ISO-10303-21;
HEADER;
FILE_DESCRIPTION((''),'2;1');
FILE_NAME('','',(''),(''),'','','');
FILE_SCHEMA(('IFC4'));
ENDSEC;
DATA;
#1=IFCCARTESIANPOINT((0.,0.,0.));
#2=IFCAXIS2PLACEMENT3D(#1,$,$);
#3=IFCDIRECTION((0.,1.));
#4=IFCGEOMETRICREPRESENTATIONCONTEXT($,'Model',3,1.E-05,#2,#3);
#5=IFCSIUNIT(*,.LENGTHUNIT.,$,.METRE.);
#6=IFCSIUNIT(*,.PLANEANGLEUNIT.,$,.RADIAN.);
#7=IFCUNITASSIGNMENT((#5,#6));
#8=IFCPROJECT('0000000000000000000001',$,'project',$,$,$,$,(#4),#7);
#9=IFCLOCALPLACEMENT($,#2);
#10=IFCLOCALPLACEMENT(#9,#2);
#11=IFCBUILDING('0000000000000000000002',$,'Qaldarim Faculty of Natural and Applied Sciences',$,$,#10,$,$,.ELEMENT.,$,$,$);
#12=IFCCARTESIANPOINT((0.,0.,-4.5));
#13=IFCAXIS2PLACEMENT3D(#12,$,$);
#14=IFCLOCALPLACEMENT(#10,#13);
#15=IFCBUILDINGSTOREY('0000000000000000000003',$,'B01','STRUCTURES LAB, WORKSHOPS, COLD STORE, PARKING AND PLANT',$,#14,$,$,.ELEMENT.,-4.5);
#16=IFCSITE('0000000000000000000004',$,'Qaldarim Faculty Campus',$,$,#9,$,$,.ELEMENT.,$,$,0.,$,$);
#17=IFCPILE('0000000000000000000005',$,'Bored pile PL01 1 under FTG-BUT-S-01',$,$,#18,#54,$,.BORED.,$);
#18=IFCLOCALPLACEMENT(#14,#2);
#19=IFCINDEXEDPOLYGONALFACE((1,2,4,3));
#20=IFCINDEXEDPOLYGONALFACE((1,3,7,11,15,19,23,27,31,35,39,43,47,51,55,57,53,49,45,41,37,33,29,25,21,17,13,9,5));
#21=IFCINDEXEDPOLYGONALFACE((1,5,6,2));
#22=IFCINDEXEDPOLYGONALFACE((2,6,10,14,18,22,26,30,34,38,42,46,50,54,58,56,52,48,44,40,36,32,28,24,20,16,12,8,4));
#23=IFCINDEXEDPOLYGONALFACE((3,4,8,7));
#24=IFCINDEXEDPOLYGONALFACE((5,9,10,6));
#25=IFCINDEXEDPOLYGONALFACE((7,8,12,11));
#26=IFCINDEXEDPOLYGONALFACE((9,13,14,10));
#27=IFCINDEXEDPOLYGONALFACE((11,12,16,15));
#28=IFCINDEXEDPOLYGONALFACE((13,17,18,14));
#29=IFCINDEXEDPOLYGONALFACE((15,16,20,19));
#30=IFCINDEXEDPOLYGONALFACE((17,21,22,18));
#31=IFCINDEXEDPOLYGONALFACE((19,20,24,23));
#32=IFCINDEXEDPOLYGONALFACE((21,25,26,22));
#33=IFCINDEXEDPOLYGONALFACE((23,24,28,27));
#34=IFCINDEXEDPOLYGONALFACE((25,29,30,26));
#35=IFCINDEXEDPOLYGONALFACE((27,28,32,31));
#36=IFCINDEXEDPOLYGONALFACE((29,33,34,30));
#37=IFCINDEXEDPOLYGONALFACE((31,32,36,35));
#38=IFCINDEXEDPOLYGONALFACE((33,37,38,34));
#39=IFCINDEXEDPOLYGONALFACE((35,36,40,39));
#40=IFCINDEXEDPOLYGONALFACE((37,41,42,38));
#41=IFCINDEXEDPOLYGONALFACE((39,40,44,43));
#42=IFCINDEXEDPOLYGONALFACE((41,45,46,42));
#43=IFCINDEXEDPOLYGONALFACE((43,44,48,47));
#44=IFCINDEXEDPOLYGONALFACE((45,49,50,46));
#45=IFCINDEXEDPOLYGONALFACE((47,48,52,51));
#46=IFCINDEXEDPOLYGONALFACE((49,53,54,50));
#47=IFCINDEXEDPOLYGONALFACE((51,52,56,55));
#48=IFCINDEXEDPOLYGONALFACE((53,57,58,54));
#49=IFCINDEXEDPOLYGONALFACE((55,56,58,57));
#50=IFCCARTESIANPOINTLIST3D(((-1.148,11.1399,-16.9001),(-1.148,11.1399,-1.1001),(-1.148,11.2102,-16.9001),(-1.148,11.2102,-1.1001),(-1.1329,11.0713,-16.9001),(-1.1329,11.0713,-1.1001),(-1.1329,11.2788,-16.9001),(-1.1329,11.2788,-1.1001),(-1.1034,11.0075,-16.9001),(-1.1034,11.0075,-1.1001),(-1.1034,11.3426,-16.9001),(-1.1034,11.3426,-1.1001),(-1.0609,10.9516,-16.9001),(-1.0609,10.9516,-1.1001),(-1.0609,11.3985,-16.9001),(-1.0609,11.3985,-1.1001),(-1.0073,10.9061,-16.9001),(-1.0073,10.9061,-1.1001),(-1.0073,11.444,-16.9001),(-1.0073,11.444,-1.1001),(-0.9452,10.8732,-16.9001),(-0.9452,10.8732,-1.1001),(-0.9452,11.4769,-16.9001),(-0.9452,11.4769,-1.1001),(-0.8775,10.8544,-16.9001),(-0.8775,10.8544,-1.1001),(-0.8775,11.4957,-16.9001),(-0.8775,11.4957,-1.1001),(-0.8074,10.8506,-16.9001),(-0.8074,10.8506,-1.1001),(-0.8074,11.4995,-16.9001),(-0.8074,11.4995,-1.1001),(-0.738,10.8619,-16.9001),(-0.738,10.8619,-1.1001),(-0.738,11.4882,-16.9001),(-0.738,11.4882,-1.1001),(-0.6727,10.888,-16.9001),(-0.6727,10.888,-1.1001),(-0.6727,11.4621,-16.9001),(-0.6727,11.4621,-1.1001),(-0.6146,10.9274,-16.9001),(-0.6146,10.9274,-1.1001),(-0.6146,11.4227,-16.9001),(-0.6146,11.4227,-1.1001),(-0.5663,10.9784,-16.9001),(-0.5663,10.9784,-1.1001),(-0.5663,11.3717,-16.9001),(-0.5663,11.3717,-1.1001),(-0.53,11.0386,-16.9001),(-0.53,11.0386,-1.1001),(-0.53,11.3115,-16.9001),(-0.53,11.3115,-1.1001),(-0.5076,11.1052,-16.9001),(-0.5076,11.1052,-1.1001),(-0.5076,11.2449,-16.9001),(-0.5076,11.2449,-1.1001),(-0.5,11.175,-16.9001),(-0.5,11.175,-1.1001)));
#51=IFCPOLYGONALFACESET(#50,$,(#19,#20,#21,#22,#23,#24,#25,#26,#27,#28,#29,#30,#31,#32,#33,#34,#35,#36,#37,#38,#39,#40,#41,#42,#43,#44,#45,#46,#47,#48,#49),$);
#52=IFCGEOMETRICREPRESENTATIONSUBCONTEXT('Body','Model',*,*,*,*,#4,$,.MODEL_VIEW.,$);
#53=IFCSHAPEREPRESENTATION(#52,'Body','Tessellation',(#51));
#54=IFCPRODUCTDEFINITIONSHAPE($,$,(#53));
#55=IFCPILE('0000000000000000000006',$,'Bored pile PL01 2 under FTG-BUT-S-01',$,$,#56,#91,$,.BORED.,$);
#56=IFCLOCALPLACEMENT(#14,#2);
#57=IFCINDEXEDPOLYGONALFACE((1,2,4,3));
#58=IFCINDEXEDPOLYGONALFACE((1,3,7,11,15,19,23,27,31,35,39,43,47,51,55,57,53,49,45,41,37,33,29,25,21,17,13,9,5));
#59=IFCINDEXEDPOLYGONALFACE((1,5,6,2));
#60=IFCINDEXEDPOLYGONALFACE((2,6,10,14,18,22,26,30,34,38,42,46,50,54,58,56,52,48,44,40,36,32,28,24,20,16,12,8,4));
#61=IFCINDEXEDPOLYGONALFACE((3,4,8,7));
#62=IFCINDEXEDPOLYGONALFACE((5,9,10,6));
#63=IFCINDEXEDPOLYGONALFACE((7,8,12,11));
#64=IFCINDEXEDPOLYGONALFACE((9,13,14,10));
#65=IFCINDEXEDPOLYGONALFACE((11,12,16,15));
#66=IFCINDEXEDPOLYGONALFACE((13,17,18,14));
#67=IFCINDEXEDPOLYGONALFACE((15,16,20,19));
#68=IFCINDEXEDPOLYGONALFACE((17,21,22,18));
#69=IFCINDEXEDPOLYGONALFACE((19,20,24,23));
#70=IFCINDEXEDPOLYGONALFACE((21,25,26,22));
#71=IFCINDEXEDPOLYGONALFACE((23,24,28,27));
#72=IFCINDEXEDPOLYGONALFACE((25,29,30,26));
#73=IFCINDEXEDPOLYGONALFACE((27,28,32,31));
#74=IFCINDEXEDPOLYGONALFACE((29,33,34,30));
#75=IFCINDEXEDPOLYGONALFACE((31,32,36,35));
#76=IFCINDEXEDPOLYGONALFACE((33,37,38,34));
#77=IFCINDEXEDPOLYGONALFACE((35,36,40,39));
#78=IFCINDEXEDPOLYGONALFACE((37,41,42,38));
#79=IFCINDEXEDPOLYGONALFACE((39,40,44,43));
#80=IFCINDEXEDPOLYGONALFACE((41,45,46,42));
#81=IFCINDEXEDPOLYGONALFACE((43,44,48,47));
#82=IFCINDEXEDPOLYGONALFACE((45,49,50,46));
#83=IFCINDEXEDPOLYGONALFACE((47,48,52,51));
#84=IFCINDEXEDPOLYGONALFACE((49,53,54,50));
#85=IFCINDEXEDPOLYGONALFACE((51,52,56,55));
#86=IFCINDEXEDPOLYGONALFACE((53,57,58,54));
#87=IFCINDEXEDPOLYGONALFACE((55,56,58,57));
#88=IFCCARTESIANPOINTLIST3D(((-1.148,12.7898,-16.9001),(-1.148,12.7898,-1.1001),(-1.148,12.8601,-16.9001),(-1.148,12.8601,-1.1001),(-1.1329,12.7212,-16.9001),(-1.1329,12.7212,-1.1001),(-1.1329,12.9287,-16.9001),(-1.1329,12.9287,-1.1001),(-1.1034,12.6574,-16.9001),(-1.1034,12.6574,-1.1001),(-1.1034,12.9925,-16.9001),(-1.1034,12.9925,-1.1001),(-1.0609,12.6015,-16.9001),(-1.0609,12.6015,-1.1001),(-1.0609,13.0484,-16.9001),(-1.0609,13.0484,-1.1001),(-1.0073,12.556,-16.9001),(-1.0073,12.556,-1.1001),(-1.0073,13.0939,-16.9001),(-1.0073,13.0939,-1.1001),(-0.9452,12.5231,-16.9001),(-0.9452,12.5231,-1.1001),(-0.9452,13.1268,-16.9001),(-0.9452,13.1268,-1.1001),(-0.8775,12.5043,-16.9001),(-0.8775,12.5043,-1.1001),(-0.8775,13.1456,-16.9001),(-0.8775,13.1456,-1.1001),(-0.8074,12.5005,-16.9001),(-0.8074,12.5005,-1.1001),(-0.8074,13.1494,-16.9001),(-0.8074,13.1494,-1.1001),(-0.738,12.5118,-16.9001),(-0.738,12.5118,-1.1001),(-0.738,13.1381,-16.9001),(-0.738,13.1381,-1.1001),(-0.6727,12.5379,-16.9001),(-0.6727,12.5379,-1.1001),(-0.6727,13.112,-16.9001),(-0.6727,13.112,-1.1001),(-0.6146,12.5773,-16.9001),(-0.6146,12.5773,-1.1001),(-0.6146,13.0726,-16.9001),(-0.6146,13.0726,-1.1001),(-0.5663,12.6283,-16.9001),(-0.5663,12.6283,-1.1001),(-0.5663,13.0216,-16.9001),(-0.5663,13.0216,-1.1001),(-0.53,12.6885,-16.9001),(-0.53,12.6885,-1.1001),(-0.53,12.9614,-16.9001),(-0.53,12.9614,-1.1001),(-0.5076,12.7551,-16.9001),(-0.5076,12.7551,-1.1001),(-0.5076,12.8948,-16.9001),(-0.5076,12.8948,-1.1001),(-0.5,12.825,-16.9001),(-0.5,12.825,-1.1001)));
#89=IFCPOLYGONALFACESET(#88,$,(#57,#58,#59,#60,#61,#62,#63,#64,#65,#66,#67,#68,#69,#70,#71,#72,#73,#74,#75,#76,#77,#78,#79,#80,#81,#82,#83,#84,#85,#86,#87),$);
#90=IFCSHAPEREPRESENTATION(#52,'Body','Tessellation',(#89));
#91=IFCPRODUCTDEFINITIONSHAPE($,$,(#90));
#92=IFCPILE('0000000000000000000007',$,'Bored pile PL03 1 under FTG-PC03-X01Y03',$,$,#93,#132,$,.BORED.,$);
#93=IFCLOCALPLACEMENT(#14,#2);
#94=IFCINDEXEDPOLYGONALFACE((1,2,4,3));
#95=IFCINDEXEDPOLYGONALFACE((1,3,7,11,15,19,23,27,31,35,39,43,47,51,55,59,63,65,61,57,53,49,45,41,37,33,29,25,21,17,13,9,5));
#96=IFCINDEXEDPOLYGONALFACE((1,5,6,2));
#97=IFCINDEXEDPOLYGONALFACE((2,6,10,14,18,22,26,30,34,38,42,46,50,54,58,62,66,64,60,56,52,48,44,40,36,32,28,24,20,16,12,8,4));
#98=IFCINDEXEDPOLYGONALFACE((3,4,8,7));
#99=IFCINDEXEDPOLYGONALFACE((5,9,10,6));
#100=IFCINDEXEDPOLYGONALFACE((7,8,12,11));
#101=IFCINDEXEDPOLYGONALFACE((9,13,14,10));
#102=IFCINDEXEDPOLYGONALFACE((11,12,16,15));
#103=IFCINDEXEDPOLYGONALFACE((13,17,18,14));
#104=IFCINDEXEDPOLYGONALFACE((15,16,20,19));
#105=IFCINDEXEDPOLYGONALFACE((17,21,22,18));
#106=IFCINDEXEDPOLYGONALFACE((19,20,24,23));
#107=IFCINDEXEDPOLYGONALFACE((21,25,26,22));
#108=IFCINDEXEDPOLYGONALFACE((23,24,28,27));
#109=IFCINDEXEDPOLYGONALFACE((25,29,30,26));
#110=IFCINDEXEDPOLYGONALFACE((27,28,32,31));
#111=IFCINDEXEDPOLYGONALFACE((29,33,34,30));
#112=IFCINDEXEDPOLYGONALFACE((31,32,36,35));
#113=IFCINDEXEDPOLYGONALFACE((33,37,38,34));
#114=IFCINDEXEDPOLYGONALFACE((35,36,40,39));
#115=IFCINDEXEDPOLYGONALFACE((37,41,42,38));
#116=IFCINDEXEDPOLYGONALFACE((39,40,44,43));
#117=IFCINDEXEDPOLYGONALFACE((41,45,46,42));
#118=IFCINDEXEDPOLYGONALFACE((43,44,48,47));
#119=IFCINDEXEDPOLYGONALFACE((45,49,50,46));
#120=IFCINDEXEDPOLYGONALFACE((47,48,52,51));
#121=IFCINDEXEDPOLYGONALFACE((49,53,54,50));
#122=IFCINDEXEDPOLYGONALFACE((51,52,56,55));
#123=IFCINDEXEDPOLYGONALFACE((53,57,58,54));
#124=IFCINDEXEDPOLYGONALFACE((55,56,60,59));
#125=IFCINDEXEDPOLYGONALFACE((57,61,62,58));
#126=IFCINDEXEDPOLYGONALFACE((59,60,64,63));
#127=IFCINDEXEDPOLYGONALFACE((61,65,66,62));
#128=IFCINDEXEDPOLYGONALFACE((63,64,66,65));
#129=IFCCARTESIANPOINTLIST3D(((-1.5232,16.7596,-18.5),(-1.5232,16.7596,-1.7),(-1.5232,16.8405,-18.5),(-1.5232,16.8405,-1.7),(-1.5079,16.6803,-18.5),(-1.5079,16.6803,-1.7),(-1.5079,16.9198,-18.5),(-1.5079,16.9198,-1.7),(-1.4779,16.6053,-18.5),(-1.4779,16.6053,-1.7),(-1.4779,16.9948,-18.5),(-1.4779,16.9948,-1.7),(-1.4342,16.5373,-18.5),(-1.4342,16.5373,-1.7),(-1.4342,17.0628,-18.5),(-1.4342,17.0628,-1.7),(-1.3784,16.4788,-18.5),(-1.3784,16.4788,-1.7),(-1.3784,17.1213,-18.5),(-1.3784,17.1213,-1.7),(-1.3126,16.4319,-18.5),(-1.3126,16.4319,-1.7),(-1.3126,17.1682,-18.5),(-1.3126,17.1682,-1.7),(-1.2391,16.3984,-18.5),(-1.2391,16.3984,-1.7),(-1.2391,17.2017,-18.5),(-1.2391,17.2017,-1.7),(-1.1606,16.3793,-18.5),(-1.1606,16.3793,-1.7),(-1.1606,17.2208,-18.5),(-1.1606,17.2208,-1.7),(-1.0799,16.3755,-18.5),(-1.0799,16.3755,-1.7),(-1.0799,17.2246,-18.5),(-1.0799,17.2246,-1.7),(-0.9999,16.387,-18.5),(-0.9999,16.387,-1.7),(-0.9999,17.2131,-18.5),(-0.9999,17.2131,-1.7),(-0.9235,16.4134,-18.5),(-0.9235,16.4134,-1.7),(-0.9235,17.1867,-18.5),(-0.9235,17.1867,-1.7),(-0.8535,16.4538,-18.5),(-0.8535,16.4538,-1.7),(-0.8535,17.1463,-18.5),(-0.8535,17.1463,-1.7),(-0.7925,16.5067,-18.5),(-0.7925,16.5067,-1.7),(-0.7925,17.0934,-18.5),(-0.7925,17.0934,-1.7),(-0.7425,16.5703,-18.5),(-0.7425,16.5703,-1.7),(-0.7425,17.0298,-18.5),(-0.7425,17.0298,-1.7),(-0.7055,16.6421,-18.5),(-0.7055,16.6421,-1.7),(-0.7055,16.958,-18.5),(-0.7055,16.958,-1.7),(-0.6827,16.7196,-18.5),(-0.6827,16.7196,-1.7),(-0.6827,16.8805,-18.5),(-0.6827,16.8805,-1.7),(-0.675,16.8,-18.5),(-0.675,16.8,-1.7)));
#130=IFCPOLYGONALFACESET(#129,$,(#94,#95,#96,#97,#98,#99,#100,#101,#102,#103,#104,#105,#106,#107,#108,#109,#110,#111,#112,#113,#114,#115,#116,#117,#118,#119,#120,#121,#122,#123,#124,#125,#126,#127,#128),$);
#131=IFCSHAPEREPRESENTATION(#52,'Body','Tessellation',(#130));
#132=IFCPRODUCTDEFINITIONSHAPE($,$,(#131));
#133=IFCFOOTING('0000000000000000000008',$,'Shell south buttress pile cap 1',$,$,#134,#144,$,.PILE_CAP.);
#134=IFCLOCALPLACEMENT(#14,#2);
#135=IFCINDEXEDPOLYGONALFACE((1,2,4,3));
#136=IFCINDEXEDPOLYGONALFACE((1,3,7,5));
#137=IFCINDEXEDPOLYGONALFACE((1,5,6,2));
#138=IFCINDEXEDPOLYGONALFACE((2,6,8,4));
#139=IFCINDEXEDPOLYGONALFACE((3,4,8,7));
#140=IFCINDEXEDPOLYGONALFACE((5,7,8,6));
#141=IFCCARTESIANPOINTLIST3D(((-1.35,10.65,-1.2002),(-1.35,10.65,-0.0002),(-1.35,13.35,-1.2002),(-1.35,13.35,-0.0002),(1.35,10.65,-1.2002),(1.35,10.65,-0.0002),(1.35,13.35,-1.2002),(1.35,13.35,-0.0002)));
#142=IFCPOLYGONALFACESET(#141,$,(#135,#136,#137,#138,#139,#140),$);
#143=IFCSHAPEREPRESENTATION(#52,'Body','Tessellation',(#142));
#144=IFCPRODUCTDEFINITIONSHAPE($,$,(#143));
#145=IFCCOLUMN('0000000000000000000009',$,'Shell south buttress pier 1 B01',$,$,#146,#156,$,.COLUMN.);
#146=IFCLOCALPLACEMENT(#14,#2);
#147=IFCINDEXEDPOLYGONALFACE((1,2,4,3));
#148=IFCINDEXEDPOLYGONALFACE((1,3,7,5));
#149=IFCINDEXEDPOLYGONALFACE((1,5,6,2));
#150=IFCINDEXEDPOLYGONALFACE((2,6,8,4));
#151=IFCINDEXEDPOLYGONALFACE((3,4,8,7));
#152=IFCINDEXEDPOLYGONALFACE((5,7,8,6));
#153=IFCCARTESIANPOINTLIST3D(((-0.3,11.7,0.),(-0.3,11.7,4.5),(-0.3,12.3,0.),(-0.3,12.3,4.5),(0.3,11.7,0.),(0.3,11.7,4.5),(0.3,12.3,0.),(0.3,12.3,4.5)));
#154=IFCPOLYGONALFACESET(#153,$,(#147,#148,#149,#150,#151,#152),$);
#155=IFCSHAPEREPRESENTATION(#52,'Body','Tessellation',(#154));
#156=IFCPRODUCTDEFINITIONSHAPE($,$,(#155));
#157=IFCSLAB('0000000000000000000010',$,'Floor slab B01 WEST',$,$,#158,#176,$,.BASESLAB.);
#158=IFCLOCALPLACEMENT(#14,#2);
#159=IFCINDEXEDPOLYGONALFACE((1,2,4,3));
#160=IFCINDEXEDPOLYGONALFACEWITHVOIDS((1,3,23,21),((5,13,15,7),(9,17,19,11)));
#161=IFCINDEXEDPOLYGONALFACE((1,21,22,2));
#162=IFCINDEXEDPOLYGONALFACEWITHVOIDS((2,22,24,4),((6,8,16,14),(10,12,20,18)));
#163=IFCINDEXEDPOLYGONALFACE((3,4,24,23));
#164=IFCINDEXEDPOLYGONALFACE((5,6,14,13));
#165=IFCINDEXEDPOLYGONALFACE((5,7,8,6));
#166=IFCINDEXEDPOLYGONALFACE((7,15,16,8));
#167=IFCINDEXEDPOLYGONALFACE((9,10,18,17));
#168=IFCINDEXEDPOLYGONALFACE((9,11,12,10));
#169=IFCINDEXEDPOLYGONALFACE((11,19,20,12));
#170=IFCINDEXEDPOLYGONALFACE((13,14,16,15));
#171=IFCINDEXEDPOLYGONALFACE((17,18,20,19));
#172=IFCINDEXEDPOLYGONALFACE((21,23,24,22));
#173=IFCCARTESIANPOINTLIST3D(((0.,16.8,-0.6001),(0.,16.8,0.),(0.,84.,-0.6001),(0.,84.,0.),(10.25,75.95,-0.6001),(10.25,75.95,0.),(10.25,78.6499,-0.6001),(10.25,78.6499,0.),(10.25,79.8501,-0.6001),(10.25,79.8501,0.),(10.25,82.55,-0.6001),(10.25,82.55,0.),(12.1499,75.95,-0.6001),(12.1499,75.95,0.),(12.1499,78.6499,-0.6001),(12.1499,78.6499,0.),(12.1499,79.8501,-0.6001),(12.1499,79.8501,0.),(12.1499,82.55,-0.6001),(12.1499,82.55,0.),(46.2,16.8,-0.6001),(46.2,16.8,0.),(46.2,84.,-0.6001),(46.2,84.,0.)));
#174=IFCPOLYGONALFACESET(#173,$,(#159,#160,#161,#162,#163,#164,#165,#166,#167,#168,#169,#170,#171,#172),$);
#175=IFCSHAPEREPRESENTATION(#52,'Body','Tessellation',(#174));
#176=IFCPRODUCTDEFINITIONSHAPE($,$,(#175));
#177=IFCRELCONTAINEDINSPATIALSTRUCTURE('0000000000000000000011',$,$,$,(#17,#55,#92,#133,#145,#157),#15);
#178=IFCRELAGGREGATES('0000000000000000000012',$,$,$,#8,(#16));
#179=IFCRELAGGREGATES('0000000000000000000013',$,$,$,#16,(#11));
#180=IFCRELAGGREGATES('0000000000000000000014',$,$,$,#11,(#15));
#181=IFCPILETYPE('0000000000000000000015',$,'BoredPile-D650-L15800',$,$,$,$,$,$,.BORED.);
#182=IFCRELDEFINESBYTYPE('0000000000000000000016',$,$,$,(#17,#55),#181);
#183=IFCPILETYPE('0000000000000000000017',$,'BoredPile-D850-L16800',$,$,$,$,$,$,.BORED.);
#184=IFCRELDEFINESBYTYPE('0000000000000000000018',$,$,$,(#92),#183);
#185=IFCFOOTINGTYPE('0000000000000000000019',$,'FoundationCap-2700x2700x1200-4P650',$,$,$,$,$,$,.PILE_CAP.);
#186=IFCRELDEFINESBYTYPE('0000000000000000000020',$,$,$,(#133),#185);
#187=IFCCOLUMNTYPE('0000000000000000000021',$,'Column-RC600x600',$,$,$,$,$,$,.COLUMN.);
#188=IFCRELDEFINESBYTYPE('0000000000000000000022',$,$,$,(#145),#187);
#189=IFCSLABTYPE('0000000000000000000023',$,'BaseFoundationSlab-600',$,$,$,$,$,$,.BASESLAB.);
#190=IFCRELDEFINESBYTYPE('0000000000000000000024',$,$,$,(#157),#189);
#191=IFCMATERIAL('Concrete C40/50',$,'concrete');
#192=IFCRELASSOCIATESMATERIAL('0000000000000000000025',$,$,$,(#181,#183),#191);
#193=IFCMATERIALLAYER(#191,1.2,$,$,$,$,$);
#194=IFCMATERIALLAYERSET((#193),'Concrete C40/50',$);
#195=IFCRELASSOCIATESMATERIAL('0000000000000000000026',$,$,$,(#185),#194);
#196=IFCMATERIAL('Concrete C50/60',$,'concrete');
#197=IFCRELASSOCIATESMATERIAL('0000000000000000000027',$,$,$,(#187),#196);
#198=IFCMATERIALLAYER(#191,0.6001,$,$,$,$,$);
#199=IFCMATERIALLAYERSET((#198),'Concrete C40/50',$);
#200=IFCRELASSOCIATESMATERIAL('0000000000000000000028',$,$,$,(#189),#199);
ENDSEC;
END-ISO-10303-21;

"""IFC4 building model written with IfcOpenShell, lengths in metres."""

from ifc_helpers import new_model, si_unit, direction, frame, origin, origin_2d, place, context, subcontext, project, spatial, polyline, rectangle, circle, outline, extrude, material, layer, layer_set, material_profile, profile_set, type_object, element, save


model = new_model("IFC4")

# Units and contexts
model_context = context("Model", 3, precision=1e-05, world=origin(), true_north=direction((0.0, 1.0)))
body_context = subcontext(model_context, "Body", "Model", "MODEL_VIEW")
ifc_project = project(units=[si_unit("LENGTHUNIT", "METRE"), si_unit("PLANEANGLEUNIT", "RADIAN")], contexts=[model_context])

# Site, building, storey
site_placement = place(None, origin())
site = spatial("IfcSite", under=ifc_project, at=site_placement, Name="Qaldarim Faculty Campus", CompositionType="ELEMENT", RefElevation=0.0)
building_placement = place(site_placement, origin())
building = spatial("IfcBuilding", under=site, at=building_placement, Name="Qaldarim Faculty of Natural and Applied Sciences", CompositionType="ELEMENT")
storey_placement = place(building_placement, frame((0.0, 0.0, -4.5)))
storey = spatial("IfcBuildingStorey", under=building, at=storey_placement, Name="B01", Description="STRUCTURES LAB, WORKSHOPS, COLD STORE, PARKING AND PLANT", CompositionType="ELEMENT", Elevation=-4.5)

# Piles
ifc_material_1 = material(Name="Concrete C40/50", Category="concrete")
ifc_material_profile_1 = material_profile(ifc_material_1, circle(Radius=0.325, at=origin_2d()), Name="PILE-D650")
ifc_profile_set_1 = profile_set([ifc_material_profile_1], Name="Concrete C40/50")
pile_type_1 = type_object("IfcPileType", Name="BoredPile-D650-L15800", PredefinedType="BORED", material=ifc_profile_set_1)
for number, where, z_axis, x_axis, name in (
    (1, (-0.825, 11.175, -1.1001), (0.0, 0.0, -1.0), (1.0, 0.0, 0.0), "Bored pile PL01 1 under FTG-BUT-S-01"),
    (2, (-0.825, 12.825, -1.1001), (0.0, 0.0, -1.0), (1.0, 0.0, 0.0), "Bored pile PL01 2 under FTG-BUT-S-01"),
):
    element("IfcPile", number, at=place(storey_placement, frame(where, z_axis=z_axis, x_axis=x_axis)), inside=storey, type_object=pile_type_1, Name=name, PredefinedType="BORED", context=body_context, shape_type="SweptSolid", body=[
        extrude(circle(Radius=0.325, at=origin_2d()), origin(), (0.0, 0.0, 1.0), 15.8),
    ])
ifc_material_profile_2 = material_profile(ifc_material_1, circle(Radius=0.425, at=origin_2d()), Name="PILE-D850")
ifc_profile_set_2 = profile_set([ifc_material_profile_2], Name="Concrete C40/50")
pile_type_2 = type_object("IfcPileType", Name="BoredPile-D850-L16800", PredefinedType="BORED", material=ifc_profile_set_2)
pile_placement = place(storey_placement, frame((-1.1001, 16.8, -1.7), z_axis=(0.0, 0.0, -1.0), x_axis=(1.0, 0.0, 0.0)))
element("IfcPile", 3, at=pile_placement, inside=storey, type_object=pile_type_2, Name="Bored pile PL03 1 under FTG-PC03-X01Y03", PredefinedType="BORED", context=body_context, shape_type="SweptSolid", body=[
    extrude(circle(Radius=0.425, at=origin_2d()), origin(), (0.0, 0.0, 1.0), 16.8),
])

# Footing
ifc_layer_1 = layer(ifc_material_1, 1.2)
ifc_layer_set_1 = layer_set([ifc_layer_1], Name="Concrete C40/50")
footing_type = type_object("IfcFootingType", Name="FoundationCap-2700x2700x1200-4P650", PredefinedType="PILE_CAP", material=ifc_layer_set_1)
footing_placement = place(storey_placement, frame((0.0, 12.0, -1.2002), z_axis=(0.0, 0.0, 1.0), x_axis=(1.0, 0.0, 0.0)))
element("IfcFooting", 4, at=footing_placement, inside=storey, type_object=footing_type, Name="Shell south buttress pile cap 1", PredefinedType="PILE_CAP", context=body_context, shape_type="SweptSolid", body=[
    extrude(rectangle(XDim=2.7, YDim=2.7, at=origin_2d()), origin(), (0.0, 0.0, 1.0), 1.2),
])

# Column
ifc_material_2 = material(Name="Concrete C50/60", Category="concrete")
ifc_material_profile_3 = material_profile(ifc_material_2, rectangle(XDim=0.6001, YDim=0.6001, at=origin_2d()), Name="RC-C600x600")
ifc_profile_set_3 = profile_set([ifc_material_profile_3], Name="Concrete C50/60")
column_type = type_object("IfcColumnType", Name="Column-RC600x600", PredefinedType="COLUMN", material=ifc_profile_set_3)
column_placement = place(storey_placement, frame((0.0, 12.0, 0.0), z_axis=(0.0, 0.0, 1.0), x_axis=(1.0, 0.0, 0.0)))
element("IfcColumn", 5, at=column_placement, inside=storey, type_object=column_type, Name="Shell south buttress pier 1 B01", PredefinedType="COLUMN", context=body_context, shape_type="SweptSolid", body=[
    extrude(rectangle(XDim=0.6001, YDim=0.6001, at=origin_2d()), origin(), (0.0, 0.0, 1.0), 4.5),
])

# Slab
ifc_layer_2 = layer(ifc_material_1, 0.6001)
ifc_layer_set_2 = layer_set([ifc_layer_2], Name="Concrete C40/50")
slab_type_1 = type_object("IfcSlabType", Name="BaseFoundationSlab-600", PredefinedType="BASESLAB", material=ifc_layer_set_2)
slab_1_placement = place(storey_placement, frame((0.0, 0.0, -0.6001)))
element("IfcSlab", 6, at=slab_1_placement, inside=storey, type_object=slab_type_1, Name="Floor slab B01 WEST", PredefinedType="BASESLAB", context=body_context, shape_type="SweptSolid", body=[
    extrude(outline(polyline([(0.0, 16.8), (0.0, 84.0), (46.2, 84.0), (46.2, 16.8), (0.0, 16.8)]), holes=[polyline([(10.25, 75.95), (12.1499, 75.95), (12.1499, 78.6499), (10.25, 78.6499), (10.25, 75.95)]), polyline([(10.25, 79.8501), (12.1499, 79.8501), (12.1499, 82.55), (10.25, 82.55), (10.25, 79.8501)])]), origin(), (0.0, 0.0, 1.0), 0.6001),
])

save(model, "model.ifc")
